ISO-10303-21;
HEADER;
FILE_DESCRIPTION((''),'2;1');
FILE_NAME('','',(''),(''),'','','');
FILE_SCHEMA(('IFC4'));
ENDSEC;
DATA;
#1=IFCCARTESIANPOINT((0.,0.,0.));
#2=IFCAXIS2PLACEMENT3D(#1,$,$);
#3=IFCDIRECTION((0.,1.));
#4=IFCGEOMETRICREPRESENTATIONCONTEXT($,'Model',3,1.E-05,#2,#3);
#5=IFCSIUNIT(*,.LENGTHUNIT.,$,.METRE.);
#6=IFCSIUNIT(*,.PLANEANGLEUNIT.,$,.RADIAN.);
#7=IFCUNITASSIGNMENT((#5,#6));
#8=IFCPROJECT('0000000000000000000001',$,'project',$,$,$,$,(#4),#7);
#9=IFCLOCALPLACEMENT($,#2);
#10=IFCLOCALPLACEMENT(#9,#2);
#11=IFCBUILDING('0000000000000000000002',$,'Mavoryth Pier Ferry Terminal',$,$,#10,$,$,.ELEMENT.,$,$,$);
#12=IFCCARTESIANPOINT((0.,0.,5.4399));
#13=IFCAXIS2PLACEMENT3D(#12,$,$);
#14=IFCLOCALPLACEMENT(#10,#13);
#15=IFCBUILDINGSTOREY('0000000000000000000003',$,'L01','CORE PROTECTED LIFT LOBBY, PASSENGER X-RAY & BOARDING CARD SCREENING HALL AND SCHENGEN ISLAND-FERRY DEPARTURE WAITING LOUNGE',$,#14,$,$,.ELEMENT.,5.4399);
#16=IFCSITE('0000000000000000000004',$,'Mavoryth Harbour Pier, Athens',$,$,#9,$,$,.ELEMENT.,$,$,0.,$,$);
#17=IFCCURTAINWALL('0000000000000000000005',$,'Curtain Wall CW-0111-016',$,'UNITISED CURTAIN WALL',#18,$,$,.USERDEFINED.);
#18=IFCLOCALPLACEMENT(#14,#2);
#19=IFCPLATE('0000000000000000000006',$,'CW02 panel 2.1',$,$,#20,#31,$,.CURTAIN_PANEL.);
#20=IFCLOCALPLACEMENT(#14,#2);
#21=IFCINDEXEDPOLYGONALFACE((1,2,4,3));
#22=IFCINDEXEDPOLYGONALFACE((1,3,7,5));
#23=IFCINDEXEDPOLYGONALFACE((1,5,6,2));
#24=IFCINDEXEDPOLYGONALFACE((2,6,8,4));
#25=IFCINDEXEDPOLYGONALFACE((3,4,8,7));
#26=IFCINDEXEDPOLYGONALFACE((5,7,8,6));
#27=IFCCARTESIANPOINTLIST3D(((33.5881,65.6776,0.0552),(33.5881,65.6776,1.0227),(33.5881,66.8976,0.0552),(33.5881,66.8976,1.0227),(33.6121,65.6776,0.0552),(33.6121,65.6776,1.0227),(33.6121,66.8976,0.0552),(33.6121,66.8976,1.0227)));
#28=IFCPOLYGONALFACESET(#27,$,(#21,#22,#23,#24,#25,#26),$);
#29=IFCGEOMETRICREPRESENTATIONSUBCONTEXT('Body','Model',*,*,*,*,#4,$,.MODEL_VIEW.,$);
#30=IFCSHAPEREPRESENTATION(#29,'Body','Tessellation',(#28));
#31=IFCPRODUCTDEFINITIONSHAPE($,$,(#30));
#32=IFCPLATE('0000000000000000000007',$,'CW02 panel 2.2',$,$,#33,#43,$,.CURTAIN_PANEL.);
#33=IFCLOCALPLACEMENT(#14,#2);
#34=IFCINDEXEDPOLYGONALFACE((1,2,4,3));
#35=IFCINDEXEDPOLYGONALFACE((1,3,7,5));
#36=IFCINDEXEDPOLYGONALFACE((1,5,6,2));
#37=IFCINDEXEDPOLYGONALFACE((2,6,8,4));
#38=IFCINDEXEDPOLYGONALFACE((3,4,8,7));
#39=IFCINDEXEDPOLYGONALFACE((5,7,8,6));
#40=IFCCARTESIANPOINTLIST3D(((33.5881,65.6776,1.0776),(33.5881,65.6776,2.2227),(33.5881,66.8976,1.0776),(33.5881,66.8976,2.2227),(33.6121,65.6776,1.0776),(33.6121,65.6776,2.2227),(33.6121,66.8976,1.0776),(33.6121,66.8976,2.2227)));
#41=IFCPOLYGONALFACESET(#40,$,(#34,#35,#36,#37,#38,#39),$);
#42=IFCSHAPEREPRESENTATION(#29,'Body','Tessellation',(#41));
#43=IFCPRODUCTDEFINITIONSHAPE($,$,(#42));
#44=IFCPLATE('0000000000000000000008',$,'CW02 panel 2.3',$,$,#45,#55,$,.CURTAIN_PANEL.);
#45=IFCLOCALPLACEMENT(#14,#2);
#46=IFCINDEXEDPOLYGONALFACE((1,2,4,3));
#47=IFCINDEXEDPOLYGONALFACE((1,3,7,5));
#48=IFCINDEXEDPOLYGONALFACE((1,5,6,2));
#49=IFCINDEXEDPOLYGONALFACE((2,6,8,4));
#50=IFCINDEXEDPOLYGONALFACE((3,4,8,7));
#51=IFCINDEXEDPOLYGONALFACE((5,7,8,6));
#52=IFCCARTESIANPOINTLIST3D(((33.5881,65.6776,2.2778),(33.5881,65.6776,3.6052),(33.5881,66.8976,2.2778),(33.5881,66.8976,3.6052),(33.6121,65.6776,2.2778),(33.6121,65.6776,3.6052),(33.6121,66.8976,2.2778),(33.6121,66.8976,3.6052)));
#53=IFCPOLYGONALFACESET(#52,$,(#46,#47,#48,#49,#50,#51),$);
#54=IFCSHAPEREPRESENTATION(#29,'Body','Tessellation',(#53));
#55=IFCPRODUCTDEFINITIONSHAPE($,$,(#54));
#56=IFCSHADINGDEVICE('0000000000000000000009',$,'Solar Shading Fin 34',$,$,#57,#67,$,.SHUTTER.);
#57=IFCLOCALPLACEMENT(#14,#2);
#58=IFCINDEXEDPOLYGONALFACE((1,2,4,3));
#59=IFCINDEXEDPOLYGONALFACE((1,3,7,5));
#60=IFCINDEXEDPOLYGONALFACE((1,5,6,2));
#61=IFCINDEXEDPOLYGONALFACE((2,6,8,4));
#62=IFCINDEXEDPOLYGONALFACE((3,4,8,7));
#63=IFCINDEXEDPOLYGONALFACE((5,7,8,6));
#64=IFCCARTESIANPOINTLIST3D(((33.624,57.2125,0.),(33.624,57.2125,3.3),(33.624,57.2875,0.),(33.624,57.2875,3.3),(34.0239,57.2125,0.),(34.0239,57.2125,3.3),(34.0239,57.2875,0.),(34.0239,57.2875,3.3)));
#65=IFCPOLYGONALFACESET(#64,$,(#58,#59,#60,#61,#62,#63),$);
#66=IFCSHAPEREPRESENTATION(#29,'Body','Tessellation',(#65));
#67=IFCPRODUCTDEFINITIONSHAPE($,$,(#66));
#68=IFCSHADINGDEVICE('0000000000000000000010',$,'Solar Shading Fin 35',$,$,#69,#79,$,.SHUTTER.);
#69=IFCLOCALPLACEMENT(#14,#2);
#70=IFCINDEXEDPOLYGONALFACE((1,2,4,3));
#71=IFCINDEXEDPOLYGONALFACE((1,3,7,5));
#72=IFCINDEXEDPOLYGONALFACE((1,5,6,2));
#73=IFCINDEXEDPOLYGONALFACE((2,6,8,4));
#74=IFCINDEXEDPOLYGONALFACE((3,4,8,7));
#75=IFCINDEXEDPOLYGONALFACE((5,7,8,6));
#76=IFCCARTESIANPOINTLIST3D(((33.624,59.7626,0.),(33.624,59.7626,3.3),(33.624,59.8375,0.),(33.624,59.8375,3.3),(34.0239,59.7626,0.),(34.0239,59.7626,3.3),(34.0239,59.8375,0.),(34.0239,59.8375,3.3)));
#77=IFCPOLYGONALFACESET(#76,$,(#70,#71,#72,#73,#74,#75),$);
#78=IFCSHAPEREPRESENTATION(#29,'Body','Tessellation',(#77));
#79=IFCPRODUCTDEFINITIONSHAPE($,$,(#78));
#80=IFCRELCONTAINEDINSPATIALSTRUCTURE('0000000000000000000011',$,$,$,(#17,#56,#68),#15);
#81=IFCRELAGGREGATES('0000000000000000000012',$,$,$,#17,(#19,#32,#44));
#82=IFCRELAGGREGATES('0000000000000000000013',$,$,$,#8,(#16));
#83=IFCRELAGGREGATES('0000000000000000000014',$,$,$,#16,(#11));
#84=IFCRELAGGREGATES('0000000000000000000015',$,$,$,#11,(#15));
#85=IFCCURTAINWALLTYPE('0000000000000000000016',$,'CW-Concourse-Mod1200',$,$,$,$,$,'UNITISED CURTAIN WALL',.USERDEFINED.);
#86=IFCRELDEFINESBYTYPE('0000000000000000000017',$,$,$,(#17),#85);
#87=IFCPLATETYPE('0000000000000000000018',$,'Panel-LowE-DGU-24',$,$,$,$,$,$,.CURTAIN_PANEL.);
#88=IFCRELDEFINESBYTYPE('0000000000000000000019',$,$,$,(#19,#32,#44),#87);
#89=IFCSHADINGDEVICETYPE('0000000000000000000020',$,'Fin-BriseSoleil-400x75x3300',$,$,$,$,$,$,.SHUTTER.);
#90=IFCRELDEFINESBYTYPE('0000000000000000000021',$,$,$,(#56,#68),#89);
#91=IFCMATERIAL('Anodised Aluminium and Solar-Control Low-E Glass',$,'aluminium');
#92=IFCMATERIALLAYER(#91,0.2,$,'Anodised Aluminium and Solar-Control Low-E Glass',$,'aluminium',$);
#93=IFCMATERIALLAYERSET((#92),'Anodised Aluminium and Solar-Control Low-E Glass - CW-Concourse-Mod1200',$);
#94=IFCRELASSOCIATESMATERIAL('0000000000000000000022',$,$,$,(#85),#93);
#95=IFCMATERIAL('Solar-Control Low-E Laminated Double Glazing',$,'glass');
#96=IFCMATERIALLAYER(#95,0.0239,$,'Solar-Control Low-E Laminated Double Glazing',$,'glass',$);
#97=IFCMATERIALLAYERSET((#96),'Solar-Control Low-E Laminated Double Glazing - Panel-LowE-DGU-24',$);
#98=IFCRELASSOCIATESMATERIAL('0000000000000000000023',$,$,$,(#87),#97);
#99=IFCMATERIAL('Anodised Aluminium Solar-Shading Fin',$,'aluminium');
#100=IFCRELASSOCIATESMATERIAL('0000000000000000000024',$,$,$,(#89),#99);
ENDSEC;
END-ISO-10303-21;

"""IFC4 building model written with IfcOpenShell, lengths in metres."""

from ifc_helpers import new_model, si_unit, direction, frame, origin, origin_2d, place, context, subcontext, project, spatial, rectangle, extrude, material, layer, layer_set, type_object, element, aggregate, save


model = new_model("IFC4")

# Units and contexts
model_context = context("Model", 3, precision=1e-05, world=origin(), true_north=direction((0.0, 1.0)))
body_context = subcontext(model_context, "Body", "Model", "MODEL_VIEW")
ifc_project = project(units=[si_unit("LENGTHUNIT", "METRE"), si_unit("PLANEANGLEUNIT", "RADIAN")], contexts=[model_context])

# Site, building, storey
site_placement = place(None, origin())
site = spatial("IfcSite", under=ifc_project, at=site_placement, Name="Mavoryth Harbour Pier, Athens", CompositionType="ELEMENT", RefElevation=0.0)
building_placement = place(site_placement, origin())
building = spatial("IfcBuilding", under=site, at=building_placement, Name="Mavoryth Pier Ferry Terminal", CompositionType="ELEMENT")
storey_placement = place(building_placement, frame((0.0, 0.0, 5.4399)))
storey = spatial("IfcBuildingStorey", under=building, at=storey_placement, Name="L01", Description="CORE PROTECTED LIFT LOBBY, PASSENGER X-RAY & BOARDING CARD SCREENING HALL AND SCHENGEN ISLAND-FERRY DEPARTURE WAITING LOUNGE", CompositionType="ELEMENT", Elevation=5.4399)

# Curtain wall
ifc_material_1 = material(Name="Anodised Aluminium and Solar-Control Low-E Glass", Category="aluminium")
ifc_layer_1 = layer(ifc_material_1, 0.2, Name="Anodised Aluminium and Solar-Control Low-E Glass", Category="aluminium")
ifc_layer_set_1 = layer_set([ifc_layer_1], Name="Anodised Aluminium and Solar-Control Low-E Glass - CW-Concourse-Mod1200")
curtain_wall_type = type_object("IfcCurtainWallType", Name="CW-Concourse-Mod1200", ElementType="UNITISED CURTAIN WALL", PredefinedType="USERDEFINED", material=ifc_layer_set_1)
curtain_wall_1_placement = place(storey_placement, origin())
curtain_wall_1 = element("IfcCurtainWall", 1, at=curtain_wall_1_placement, inside=storey, type_object=curtain_wall_type, Name="Curtain Wall CW-0111-016", ObjectType="UNITISED CURTAIN WALL", PredefinedType="USERDEFINED")

# Plates
ifc_material_2 = material(Name="Solar-Control Low-E Laminated Double Glazing", Category="glass")
ifc_layer_2 = layer(ifc_material_2, 0.0239, Name="Solar-Control Low-E Laminated Double Glazing", Category="glass")
ifc_layer_set_2 = layer_set([ifc_layer_2], Name="Solar-Control Low-E Laminated Double Glazing - Panel-LowE-DGU-24")
plate_type = type_object("IfcPlateType", Name="Panel-LowE-DGU-24", PredefinedType="CURTAIN_PANEL", material=ifc_layer_set_2)
plate_1_placement = place(storey_placement, frame((33.6001, 66.2876, 0.0552), z_axis=(0.0, 0.0, 1.0), x_axis=(0.0, 1.0, 0.0)))
plate_1 = element("IfcPlate", 2, at=plate_1_placement, type_object=plate_type, Name="CW02 panel 2.1", PredefinedType="CURTAIN_PANEL", context=body_context, shape_type="SweptSolid", body=[
    extrude(rectangle(XDim=1.22, YDim=0.0239, at=origin_2d()), origin(), (0.0, 0.0, 1.0), 0.9675),
])
plate_2_placement = place(storey_placement, frame((33.6001, 66.2876, 1.0776), z_axis=(0.0, 0.0, 1.0), x_axis=(0.0, 1.0, 0.0)))
plate_2 = element("IfcPlate", 3, at=plate_2_placement, type_object=plate_type, Name="CW02 panel 2.2", PredefinedType="CURTAIN_PANEL", context=body_context, shape_type="SweptSolid", body=[
    extrude(rectangle(XDim=1.22, YDim=0.0239, at=origin_2d()), origin(), (0.0, 0.0, 1.0), 1.145),
])
plate_3_placement = place(storey_placement, frame((33.6001, 66.2876, 2.2778), z_axis=(0.0, 0.0, 1.0), x_axis=(0.0, 1.0, 0.0)))
plate_3 = element("IfcPlate", 4, at=plate_3_placement, type_object=plate_type, Name="CW02 panel 2.3", PredefinedType="CURTAIN_PANEL", context=body_context, shape_type="SweptSolid", body=[
    extrude(rectangle(XDim=1.22, YDim=0.0239, at=origin_2d()), origin(), (0.0, 0.0, 1.0), 1.3274),
])
aggregate(curtain_wall_1, [plate_1, plate_2, plate_3])

# Shading devices
ifc_material_3 = material(Name="Anodised Aluminium Solar-Shading Fin", Category="aluminium")
shading_device_type = type_object("IfcShadingDeviceType", Name="Fin-BriseSoleil-400x75x3300", PredefinedType="SHUTTER", material=ifc_material_3)
for number, where, z_axis, x_axis, name in (
    (5, (33.824, 57.25, 0.0), (0.0, 0.0, 1.0), (0.0, 1.0, 0.0), "Solar Shading Fin 34"),
    (6, (33.824, 59.8, 0.0), (0.0, 0.0, 1.0), (0.0, 1.0, 0.0), "Solar Shading Fin 35"),
):
    element("IfcShadingDevice", number, at=place(storey_placement, frame(where, z_axis=z_axis, x_axis=x_axis)), inside=storey, type_object=shading_device_type, Name=name, PredefinedType="SHUTTER", context=body_context, shape_type="SweptSolid", body=[
        extrude(rectangle(XDim=0.075, YDim=0.3999, at=origin_2d()), origin(), (0.0, 0.0, 1.0), 3.3),
    ])

save(model, "model.ifc")
